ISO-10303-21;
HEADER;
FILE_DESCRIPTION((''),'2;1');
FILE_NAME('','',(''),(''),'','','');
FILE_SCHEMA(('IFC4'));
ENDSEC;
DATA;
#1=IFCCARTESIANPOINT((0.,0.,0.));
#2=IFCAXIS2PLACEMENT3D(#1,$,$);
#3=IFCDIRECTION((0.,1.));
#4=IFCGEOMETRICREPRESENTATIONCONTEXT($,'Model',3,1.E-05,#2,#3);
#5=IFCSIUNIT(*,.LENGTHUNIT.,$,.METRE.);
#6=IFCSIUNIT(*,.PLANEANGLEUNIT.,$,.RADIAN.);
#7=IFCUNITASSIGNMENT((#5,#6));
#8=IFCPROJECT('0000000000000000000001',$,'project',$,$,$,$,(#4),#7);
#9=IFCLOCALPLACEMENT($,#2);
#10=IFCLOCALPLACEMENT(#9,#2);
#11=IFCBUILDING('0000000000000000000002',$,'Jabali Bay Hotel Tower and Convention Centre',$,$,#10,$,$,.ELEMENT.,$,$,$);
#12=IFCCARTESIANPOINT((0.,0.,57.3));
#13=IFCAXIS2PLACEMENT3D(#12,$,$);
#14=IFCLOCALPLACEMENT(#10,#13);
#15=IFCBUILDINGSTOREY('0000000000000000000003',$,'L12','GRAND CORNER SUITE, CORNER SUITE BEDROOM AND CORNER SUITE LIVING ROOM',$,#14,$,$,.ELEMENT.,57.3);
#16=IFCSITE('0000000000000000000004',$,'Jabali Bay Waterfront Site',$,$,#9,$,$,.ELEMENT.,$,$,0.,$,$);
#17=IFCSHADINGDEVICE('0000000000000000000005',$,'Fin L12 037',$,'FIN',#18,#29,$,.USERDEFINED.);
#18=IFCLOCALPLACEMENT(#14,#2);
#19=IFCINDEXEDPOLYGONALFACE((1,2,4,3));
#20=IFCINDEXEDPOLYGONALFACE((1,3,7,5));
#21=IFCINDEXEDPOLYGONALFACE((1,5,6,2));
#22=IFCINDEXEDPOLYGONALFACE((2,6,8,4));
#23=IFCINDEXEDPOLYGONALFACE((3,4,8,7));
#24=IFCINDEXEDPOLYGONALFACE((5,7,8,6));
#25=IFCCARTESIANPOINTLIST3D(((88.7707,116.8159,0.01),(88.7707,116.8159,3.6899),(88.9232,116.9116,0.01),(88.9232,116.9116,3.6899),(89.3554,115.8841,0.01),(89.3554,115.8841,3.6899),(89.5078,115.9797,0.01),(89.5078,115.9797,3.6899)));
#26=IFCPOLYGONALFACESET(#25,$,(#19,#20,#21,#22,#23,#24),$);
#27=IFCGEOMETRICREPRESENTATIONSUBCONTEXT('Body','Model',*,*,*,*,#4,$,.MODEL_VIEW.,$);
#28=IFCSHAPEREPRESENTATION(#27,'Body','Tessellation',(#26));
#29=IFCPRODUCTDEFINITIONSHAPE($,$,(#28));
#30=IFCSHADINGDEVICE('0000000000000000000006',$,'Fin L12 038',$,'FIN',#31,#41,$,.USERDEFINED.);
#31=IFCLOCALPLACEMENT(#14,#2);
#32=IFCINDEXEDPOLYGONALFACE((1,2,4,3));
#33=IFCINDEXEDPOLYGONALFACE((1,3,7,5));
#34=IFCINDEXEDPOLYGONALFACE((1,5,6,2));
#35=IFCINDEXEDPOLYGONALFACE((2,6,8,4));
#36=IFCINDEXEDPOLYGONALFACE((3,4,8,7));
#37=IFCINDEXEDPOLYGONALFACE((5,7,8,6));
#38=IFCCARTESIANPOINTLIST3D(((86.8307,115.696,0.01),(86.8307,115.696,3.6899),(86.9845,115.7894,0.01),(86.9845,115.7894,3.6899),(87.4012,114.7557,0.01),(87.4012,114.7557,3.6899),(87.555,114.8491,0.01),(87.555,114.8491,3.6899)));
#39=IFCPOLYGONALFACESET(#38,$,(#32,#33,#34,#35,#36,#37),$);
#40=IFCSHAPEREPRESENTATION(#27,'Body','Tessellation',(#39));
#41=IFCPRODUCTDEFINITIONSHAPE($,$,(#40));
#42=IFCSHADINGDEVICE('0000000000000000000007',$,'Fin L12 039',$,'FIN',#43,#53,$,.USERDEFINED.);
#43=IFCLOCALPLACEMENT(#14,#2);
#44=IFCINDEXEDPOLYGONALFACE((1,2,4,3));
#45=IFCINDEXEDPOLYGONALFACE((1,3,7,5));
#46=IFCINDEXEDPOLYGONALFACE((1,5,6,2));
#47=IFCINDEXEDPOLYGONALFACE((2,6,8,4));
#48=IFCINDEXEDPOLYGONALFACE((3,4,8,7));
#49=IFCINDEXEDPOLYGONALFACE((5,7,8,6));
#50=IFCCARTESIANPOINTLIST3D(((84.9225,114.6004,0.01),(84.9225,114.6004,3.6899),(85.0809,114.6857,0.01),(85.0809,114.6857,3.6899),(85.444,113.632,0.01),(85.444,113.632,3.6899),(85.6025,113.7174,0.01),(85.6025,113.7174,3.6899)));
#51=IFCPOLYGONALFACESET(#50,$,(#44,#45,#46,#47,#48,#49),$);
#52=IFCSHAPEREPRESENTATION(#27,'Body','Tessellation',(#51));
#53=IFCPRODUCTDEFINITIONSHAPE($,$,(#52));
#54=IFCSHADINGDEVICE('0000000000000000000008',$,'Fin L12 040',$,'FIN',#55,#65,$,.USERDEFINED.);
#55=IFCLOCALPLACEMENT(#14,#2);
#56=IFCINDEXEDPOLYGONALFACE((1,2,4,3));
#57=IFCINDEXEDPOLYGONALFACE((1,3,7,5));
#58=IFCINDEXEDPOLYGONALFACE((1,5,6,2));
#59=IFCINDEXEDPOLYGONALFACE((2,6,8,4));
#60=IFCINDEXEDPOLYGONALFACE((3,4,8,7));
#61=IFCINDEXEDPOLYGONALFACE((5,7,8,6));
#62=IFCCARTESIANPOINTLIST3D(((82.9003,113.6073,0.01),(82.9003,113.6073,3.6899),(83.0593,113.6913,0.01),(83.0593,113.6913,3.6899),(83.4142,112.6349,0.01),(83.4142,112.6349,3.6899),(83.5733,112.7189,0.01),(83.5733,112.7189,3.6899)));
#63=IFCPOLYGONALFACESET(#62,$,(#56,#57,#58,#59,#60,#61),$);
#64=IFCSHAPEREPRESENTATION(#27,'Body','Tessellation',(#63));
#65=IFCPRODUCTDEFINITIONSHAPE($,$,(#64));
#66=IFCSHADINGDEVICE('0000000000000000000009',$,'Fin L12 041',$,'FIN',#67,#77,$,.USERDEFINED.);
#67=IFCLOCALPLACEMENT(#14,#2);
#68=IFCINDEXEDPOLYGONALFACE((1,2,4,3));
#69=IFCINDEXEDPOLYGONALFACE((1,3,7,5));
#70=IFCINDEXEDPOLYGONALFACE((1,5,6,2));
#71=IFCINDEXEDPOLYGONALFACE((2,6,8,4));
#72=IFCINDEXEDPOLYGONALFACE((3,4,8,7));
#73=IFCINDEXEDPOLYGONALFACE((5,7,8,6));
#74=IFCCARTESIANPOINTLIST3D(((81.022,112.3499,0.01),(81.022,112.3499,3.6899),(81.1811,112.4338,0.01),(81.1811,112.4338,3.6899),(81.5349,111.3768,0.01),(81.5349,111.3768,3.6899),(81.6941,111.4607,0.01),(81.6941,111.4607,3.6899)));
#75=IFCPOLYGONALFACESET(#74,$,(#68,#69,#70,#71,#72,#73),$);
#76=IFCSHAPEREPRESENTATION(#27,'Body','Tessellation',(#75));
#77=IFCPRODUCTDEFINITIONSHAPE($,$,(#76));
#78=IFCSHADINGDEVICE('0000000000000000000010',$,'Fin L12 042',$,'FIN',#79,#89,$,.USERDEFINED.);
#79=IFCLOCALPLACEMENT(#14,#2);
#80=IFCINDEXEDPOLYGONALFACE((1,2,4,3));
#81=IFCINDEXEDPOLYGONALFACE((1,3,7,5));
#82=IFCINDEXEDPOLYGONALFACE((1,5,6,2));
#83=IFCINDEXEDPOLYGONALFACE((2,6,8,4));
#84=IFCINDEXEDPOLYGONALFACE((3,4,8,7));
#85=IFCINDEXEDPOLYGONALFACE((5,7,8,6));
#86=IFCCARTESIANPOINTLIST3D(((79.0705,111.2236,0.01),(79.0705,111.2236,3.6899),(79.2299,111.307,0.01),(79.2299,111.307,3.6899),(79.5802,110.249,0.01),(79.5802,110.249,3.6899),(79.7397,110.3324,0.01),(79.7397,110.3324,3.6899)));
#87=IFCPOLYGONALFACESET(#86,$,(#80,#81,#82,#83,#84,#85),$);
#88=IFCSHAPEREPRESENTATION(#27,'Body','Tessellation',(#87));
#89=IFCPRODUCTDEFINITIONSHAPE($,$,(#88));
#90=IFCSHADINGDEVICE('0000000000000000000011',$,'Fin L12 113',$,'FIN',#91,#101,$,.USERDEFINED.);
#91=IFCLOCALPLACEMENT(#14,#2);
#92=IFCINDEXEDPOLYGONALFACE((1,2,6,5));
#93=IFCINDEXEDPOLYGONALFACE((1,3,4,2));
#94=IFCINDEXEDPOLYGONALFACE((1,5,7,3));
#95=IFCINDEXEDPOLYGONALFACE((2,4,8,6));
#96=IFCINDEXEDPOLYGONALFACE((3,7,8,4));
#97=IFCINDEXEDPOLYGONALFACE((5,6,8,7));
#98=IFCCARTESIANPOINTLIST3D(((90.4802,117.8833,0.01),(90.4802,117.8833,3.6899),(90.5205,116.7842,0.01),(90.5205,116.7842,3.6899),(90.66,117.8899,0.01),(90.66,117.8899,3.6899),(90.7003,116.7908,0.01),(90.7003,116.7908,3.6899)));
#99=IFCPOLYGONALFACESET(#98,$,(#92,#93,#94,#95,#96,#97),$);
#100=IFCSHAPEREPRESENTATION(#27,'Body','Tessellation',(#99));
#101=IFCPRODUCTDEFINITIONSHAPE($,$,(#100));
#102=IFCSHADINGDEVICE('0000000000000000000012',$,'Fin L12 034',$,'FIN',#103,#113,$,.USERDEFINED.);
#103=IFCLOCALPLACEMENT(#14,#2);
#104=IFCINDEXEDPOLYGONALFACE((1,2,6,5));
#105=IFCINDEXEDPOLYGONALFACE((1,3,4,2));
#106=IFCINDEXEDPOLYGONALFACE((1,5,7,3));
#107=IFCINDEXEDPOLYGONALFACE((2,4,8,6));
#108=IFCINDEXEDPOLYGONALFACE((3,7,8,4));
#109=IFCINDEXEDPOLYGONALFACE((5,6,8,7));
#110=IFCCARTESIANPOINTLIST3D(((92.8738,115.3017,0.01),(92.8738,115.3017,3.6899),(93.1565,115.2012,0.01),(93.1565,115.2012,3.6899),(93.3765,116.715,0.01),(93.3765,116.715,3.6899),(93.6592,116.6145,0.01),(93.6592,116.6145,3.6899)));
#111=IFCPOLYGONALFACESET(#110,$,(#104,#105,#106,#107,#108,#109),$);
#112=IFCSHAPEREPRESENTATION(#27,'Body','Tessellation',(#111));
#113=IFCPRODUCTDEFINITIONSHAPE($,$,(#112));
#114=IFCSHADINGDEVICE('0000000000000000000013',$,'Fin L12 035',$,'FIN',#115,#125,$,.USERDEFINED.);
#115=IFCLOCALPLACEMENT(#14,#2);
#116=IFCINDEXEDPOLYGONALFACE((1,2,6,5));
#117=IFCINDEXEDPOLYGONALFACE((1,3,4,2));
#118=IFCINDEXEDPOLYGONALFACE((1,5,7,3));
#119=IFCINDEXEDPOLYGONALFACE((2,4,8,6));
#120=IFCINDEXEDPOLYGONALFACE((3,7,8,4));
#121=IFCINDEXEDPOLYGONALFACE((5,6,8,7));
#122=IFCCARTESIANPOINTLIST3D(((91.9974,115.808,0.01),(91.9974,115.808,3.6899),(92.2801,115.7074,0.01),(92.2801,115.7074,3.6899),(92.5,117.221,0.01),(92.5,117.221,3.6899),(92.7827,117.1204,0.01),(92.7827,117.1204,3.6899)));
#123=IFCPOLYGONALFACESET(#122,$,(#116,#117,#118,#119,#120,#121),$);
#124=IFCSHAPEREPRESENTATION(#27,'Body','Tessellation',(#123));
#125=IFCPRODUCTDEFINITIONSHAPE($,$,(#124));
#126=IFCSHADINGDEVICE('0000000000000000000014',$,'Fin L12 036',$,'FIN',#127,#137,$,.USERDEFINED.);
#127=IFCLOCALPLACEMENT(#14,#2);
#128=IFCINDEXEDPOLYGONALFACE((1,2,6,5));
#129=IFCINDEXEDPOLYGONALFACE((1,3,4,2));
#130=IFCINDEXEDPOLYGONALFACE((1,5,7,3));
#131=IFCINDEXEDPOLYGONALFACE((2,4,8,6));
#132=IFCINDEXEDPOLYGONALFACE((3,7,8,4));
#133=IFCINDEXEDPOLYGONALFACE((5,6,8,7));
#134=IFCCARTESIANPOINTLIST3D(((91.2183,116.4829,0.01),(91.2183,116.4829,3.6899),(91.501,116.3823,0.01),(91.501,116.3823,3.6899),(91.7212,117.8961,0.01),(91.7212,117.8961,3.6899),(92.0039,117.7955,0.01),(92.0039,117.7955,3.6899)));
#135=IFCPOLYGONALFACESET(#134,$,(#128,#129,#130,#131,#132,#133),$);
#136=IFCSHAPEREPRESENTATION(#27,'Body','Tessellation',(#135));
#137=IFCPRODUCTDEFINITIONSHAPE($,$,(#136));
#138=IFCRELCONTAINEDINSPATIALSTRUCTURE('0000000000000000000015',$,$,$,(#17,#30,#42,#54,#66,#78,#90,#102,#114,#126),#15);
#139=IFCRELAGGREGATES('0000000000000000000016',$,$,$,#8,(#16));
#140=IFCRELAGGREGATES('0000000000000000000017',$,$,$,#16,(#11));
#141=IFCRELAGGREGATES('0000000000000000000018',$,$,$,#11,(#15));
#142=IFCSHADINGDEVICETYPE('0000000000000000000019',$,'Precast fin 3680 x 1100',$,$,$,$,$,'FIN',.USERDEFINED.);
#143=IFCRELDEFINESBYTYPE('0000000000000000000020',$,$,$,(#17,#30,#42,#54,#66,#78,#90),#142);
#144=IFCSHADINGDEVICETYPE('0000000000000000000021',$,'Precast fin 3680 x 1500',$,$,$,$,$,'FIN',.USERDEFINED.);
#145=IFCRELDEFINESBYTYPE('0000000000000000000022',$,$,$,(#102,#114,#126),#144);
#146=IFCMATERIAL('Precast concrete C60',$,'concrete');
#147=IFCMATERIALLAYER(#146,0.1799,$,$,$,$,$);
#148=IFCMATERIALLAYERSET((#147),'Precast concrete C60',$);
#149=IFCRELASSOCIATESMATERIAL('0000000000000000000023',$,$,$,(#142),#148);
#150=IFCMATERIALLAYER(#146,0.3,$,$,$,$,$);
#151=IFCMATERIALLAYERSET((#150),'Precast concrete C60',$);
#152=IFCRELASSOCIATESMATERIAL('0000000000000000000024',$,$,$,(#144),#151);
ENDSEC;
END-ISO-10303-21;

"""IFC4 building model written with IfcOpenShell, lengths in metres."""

from ifc_helpers import new_model, si_unit, direction, frame, frame_2d, origin, place, context, subcontext, project, spatial, rectangle, extrude, material, layer, layer_set, type_object, element, save


model = new_model("IFC4")

# Units and contexts
model_context = context("Model", 3, precision=1e-05, world=origin(), true_north=direction((0.0, 1.0)))
body_context = subcontext(model_context, "Body", "Model", "MODEL_VIEW")
ifc_project = project(units=[si_unit("LENGTHUNIT", "METRE"), si_unit("PLANEANGLEUNIT", "RADIAN")], contexts=[model_context])

# Site, building, storey
site_placement = place(None, origin())
site = spatial("IfcSite", under=ifc_project, at=site_placement, Name="Jabali Bay Waterfront Site", CompositionType="ELEMENT", RefElevation=0.0)
building_placement = place(site_placement, origin())
building = spatial("IfcBuilding", under=site, at=building_placement, Name="Jabali Bay Hotel Tower and Convention Centre", CompositionType="ELEMENT")
storey_placement = place(building_placement, frame((0.0, 0.0, 57.3)))
storey = spatial("IfcBuildingStorey", under=building, at=storey_placement, Name="L12", Description="GRAND CORNER SUITE, CORNER SUITE BEDROOM AND CORNER SUITE LIVING ROOM", CompositionType="ELEMENT", Elevation=57.3)

# Shading devices
ifc_material_1 = material(Name="Precast concrete C60", Category="concrete")
ifc_layer_1 = layer(ifc_material_1, 0.1799)
ifc_layer_set_1 = layer_set([ifc_layer_1], Name="Precast concrete C60")
shading_device_type_1 = type_object("IfcShadingDeviceType", Name="Precast fin 3680 x 1100", ElementType="FIN", PredefinedType="USERDEFINED", material=ifc_layer_set_1)
shading_device_1_placement = place(storey_placement, frame((89.4316, 115.9319, 0.01), z_axis=(0.0, 0.0, 1.0), x_axis=(-0.531494, 0.847062, 0.0)))
element("IfcShadingDevice", 1, at=shading_device_1_placement, inside=storey, type_object=shading_device_type_1, Name="Fin L12 037", ObjectType="FIN", PredefinedType="USERDEFINED", context=body_context, shape_type="SweptSolid", body=[
    extrude(rectangle(XDim=1.1001, YDim=0.1799, at=frame_2d((0.55, 0.0))), origin(), (0.0, 0.0, 1.0), 3.6799),
])
for number, where, z_axis, x_axis, name in (
    (2, (87.478, 114.8025, 0.01), (0.0, 0.0, 1.0), (-0.5187, 0.854956, 0.0), "Fin L12 038"),
    (3, (85.5232, 113.6748, 0.01), (0.0, 0.0, 1.0), (-0.474179, 0.880428, 0.0), "Fin L12 039"),
    (4, (83.4937, 112.677, 0.01), (0.0, 0.0, 1.0), (-0.467255, 0.884122, 0.0), "Fin L12 040"),
):
    element("IfcShadingDevice", number, at=place(storey_placement, frame(where, z_axis=z_axis, x_axis=x_axis)), inside=storey, type_object=shading_device_type_1, Name=name, ObjectType="FIN", PredefinedType="USERDEFINED", context=body_context, shape_type="SweptSolid", body=[
        extrude(rectangle(XDim=1.0999, YDim=0.1799, at=frame_2d((0.5498, 0.0))), origin(), (0.0, 0.0, 1.0), 3.6799),
    ])
shading_device_2_placement = place(storey_placement, frame((81.6145, 111.4187, 0.01), z_axis=(0.0, 0.0, 1.0), x_axis=(-0.466286, 0.884634, 0.0)))
element("IfcShadingDevice", 5, at=shading_device_2_placement, inside=storey, type_object=shading_device_type_1, Name="Fin L12 041", ObjectType="FIN", PredefinedType="USERDEFINED", context=body_context, shape_type="SweptSolid", body=[
    extrude(rectangle(XDim=1.1001, YDim=0.1799, at=frame_2d((0.55, 0.0))), origin(), (0.0, 0.0, 1.0), 3.6799),
])
for number, where, z_axis, x_axis, name in (
    (6, (79.6599, 110.2908, 0.01), (0.0, 0.0, 1.0), (-0.463476, 0.886109, 0.0), "Fin L12 042"),
    (7, (90.6104, 116.7876, 0.01), (0.0, 0.0, 1.0), (-0.036626, 0.999329, 0.0), "Fin L12 113"),
):
    element("IfcShadingDevice", number, at=place(storey_placement, frame(where, z_axis=z_axis, x_axis=x_axis)), inside=storey, type_object=shading_device_type_1, Name=name, ObjectType="FIN", PredefinedType="USERDEFINED", context=body_context, shape_type="SweptSolid", body=[
        extrude(rectangle(XDim=1.0999, YDim=0.1799, at=frame_2d((0.5498, 0.0))), origin(), (0.0, 0.0, 1.0), 3.6799),
    ])
ifc_layer_2 = layer(ifc_material_1, 0.3)
ifc_layer_set_2 = layer_set([ifc_layer_2], Name="Precast concrete C60")
shading_device_type_2 = type_object("IfcShadingDeviceType", Name="Precast fin 3680 x 1500", ElementType="FIN", PredefinedType="USERDEFINED", material=ifc_layer_set_2)
shading_device_3_placement = place(storey_placement, frame((93.0151, 115.2515, 0.01), z_axis=(0.0, 0.0, 1.0), x_axis=(0.335109, 0.942179, 0.0)))
element("IfcShadingDevice", 8, at=shading_device_3_placement, inside=storey, type_object=shading_device_type_2, Name="Fin L12 034", ObjectType="FIN", PredefinedType="USERDEFINED", context=body_context, shape_type="SweptSolid", body=[
    extrude(rectangle(XDim=1.5, YDim=0.3, at=frame_2d((0.75, 0.0))), origin(), (0.0, 0.0, 1.0), 3.6799),
])
shading_device_4_placement = place(storey_placement, frame((92.1387, 115.7576, 0.01), z_axis=(0.0, 0.0, 1.0), x_axis=(0.335161, 0.942161, 0.0)))
element("IfcShadingDevice", 9, at=shading_device_4_placement, inside=storey, type_object=shading_device_type_2, Name="Fin L12 035", ObjectType="FIN", PredefinedType="USERDEFINED", context=body_context, shape_type="SweptSolid", body=[
    extrude(rectangle(XDim=1.4998, YDim=0.3, at=frame_2d((0.75, 0.0))), origin(), (0.0, 0.0, 1.0), 3.6799),
])
shading_device_5_placement = place(storey_placement, frame((91.3596, 116.4326, 0.01), z_axis=(0.0, 0.0, 1.0), x_axis=(0.335305, 0.94211, 0.0)))
element("IfcShadingDevice", 10, at=shading_device_5_placement, inside=storey, type_object=shading_device_type_2, Name="Fin L12 036", ObjectType="FIN", PredefinedType="USERDEFINED", context=body_context, shape_type="SweptSolid", body=[
    extrude(rectangle(XDim=1.5, YDim=0.3, at=frame_2d((0.75, 0.0))), origin(), (0.0, 0.0, 1.0), 3.6799),
])

save(model, "model.ifc")
